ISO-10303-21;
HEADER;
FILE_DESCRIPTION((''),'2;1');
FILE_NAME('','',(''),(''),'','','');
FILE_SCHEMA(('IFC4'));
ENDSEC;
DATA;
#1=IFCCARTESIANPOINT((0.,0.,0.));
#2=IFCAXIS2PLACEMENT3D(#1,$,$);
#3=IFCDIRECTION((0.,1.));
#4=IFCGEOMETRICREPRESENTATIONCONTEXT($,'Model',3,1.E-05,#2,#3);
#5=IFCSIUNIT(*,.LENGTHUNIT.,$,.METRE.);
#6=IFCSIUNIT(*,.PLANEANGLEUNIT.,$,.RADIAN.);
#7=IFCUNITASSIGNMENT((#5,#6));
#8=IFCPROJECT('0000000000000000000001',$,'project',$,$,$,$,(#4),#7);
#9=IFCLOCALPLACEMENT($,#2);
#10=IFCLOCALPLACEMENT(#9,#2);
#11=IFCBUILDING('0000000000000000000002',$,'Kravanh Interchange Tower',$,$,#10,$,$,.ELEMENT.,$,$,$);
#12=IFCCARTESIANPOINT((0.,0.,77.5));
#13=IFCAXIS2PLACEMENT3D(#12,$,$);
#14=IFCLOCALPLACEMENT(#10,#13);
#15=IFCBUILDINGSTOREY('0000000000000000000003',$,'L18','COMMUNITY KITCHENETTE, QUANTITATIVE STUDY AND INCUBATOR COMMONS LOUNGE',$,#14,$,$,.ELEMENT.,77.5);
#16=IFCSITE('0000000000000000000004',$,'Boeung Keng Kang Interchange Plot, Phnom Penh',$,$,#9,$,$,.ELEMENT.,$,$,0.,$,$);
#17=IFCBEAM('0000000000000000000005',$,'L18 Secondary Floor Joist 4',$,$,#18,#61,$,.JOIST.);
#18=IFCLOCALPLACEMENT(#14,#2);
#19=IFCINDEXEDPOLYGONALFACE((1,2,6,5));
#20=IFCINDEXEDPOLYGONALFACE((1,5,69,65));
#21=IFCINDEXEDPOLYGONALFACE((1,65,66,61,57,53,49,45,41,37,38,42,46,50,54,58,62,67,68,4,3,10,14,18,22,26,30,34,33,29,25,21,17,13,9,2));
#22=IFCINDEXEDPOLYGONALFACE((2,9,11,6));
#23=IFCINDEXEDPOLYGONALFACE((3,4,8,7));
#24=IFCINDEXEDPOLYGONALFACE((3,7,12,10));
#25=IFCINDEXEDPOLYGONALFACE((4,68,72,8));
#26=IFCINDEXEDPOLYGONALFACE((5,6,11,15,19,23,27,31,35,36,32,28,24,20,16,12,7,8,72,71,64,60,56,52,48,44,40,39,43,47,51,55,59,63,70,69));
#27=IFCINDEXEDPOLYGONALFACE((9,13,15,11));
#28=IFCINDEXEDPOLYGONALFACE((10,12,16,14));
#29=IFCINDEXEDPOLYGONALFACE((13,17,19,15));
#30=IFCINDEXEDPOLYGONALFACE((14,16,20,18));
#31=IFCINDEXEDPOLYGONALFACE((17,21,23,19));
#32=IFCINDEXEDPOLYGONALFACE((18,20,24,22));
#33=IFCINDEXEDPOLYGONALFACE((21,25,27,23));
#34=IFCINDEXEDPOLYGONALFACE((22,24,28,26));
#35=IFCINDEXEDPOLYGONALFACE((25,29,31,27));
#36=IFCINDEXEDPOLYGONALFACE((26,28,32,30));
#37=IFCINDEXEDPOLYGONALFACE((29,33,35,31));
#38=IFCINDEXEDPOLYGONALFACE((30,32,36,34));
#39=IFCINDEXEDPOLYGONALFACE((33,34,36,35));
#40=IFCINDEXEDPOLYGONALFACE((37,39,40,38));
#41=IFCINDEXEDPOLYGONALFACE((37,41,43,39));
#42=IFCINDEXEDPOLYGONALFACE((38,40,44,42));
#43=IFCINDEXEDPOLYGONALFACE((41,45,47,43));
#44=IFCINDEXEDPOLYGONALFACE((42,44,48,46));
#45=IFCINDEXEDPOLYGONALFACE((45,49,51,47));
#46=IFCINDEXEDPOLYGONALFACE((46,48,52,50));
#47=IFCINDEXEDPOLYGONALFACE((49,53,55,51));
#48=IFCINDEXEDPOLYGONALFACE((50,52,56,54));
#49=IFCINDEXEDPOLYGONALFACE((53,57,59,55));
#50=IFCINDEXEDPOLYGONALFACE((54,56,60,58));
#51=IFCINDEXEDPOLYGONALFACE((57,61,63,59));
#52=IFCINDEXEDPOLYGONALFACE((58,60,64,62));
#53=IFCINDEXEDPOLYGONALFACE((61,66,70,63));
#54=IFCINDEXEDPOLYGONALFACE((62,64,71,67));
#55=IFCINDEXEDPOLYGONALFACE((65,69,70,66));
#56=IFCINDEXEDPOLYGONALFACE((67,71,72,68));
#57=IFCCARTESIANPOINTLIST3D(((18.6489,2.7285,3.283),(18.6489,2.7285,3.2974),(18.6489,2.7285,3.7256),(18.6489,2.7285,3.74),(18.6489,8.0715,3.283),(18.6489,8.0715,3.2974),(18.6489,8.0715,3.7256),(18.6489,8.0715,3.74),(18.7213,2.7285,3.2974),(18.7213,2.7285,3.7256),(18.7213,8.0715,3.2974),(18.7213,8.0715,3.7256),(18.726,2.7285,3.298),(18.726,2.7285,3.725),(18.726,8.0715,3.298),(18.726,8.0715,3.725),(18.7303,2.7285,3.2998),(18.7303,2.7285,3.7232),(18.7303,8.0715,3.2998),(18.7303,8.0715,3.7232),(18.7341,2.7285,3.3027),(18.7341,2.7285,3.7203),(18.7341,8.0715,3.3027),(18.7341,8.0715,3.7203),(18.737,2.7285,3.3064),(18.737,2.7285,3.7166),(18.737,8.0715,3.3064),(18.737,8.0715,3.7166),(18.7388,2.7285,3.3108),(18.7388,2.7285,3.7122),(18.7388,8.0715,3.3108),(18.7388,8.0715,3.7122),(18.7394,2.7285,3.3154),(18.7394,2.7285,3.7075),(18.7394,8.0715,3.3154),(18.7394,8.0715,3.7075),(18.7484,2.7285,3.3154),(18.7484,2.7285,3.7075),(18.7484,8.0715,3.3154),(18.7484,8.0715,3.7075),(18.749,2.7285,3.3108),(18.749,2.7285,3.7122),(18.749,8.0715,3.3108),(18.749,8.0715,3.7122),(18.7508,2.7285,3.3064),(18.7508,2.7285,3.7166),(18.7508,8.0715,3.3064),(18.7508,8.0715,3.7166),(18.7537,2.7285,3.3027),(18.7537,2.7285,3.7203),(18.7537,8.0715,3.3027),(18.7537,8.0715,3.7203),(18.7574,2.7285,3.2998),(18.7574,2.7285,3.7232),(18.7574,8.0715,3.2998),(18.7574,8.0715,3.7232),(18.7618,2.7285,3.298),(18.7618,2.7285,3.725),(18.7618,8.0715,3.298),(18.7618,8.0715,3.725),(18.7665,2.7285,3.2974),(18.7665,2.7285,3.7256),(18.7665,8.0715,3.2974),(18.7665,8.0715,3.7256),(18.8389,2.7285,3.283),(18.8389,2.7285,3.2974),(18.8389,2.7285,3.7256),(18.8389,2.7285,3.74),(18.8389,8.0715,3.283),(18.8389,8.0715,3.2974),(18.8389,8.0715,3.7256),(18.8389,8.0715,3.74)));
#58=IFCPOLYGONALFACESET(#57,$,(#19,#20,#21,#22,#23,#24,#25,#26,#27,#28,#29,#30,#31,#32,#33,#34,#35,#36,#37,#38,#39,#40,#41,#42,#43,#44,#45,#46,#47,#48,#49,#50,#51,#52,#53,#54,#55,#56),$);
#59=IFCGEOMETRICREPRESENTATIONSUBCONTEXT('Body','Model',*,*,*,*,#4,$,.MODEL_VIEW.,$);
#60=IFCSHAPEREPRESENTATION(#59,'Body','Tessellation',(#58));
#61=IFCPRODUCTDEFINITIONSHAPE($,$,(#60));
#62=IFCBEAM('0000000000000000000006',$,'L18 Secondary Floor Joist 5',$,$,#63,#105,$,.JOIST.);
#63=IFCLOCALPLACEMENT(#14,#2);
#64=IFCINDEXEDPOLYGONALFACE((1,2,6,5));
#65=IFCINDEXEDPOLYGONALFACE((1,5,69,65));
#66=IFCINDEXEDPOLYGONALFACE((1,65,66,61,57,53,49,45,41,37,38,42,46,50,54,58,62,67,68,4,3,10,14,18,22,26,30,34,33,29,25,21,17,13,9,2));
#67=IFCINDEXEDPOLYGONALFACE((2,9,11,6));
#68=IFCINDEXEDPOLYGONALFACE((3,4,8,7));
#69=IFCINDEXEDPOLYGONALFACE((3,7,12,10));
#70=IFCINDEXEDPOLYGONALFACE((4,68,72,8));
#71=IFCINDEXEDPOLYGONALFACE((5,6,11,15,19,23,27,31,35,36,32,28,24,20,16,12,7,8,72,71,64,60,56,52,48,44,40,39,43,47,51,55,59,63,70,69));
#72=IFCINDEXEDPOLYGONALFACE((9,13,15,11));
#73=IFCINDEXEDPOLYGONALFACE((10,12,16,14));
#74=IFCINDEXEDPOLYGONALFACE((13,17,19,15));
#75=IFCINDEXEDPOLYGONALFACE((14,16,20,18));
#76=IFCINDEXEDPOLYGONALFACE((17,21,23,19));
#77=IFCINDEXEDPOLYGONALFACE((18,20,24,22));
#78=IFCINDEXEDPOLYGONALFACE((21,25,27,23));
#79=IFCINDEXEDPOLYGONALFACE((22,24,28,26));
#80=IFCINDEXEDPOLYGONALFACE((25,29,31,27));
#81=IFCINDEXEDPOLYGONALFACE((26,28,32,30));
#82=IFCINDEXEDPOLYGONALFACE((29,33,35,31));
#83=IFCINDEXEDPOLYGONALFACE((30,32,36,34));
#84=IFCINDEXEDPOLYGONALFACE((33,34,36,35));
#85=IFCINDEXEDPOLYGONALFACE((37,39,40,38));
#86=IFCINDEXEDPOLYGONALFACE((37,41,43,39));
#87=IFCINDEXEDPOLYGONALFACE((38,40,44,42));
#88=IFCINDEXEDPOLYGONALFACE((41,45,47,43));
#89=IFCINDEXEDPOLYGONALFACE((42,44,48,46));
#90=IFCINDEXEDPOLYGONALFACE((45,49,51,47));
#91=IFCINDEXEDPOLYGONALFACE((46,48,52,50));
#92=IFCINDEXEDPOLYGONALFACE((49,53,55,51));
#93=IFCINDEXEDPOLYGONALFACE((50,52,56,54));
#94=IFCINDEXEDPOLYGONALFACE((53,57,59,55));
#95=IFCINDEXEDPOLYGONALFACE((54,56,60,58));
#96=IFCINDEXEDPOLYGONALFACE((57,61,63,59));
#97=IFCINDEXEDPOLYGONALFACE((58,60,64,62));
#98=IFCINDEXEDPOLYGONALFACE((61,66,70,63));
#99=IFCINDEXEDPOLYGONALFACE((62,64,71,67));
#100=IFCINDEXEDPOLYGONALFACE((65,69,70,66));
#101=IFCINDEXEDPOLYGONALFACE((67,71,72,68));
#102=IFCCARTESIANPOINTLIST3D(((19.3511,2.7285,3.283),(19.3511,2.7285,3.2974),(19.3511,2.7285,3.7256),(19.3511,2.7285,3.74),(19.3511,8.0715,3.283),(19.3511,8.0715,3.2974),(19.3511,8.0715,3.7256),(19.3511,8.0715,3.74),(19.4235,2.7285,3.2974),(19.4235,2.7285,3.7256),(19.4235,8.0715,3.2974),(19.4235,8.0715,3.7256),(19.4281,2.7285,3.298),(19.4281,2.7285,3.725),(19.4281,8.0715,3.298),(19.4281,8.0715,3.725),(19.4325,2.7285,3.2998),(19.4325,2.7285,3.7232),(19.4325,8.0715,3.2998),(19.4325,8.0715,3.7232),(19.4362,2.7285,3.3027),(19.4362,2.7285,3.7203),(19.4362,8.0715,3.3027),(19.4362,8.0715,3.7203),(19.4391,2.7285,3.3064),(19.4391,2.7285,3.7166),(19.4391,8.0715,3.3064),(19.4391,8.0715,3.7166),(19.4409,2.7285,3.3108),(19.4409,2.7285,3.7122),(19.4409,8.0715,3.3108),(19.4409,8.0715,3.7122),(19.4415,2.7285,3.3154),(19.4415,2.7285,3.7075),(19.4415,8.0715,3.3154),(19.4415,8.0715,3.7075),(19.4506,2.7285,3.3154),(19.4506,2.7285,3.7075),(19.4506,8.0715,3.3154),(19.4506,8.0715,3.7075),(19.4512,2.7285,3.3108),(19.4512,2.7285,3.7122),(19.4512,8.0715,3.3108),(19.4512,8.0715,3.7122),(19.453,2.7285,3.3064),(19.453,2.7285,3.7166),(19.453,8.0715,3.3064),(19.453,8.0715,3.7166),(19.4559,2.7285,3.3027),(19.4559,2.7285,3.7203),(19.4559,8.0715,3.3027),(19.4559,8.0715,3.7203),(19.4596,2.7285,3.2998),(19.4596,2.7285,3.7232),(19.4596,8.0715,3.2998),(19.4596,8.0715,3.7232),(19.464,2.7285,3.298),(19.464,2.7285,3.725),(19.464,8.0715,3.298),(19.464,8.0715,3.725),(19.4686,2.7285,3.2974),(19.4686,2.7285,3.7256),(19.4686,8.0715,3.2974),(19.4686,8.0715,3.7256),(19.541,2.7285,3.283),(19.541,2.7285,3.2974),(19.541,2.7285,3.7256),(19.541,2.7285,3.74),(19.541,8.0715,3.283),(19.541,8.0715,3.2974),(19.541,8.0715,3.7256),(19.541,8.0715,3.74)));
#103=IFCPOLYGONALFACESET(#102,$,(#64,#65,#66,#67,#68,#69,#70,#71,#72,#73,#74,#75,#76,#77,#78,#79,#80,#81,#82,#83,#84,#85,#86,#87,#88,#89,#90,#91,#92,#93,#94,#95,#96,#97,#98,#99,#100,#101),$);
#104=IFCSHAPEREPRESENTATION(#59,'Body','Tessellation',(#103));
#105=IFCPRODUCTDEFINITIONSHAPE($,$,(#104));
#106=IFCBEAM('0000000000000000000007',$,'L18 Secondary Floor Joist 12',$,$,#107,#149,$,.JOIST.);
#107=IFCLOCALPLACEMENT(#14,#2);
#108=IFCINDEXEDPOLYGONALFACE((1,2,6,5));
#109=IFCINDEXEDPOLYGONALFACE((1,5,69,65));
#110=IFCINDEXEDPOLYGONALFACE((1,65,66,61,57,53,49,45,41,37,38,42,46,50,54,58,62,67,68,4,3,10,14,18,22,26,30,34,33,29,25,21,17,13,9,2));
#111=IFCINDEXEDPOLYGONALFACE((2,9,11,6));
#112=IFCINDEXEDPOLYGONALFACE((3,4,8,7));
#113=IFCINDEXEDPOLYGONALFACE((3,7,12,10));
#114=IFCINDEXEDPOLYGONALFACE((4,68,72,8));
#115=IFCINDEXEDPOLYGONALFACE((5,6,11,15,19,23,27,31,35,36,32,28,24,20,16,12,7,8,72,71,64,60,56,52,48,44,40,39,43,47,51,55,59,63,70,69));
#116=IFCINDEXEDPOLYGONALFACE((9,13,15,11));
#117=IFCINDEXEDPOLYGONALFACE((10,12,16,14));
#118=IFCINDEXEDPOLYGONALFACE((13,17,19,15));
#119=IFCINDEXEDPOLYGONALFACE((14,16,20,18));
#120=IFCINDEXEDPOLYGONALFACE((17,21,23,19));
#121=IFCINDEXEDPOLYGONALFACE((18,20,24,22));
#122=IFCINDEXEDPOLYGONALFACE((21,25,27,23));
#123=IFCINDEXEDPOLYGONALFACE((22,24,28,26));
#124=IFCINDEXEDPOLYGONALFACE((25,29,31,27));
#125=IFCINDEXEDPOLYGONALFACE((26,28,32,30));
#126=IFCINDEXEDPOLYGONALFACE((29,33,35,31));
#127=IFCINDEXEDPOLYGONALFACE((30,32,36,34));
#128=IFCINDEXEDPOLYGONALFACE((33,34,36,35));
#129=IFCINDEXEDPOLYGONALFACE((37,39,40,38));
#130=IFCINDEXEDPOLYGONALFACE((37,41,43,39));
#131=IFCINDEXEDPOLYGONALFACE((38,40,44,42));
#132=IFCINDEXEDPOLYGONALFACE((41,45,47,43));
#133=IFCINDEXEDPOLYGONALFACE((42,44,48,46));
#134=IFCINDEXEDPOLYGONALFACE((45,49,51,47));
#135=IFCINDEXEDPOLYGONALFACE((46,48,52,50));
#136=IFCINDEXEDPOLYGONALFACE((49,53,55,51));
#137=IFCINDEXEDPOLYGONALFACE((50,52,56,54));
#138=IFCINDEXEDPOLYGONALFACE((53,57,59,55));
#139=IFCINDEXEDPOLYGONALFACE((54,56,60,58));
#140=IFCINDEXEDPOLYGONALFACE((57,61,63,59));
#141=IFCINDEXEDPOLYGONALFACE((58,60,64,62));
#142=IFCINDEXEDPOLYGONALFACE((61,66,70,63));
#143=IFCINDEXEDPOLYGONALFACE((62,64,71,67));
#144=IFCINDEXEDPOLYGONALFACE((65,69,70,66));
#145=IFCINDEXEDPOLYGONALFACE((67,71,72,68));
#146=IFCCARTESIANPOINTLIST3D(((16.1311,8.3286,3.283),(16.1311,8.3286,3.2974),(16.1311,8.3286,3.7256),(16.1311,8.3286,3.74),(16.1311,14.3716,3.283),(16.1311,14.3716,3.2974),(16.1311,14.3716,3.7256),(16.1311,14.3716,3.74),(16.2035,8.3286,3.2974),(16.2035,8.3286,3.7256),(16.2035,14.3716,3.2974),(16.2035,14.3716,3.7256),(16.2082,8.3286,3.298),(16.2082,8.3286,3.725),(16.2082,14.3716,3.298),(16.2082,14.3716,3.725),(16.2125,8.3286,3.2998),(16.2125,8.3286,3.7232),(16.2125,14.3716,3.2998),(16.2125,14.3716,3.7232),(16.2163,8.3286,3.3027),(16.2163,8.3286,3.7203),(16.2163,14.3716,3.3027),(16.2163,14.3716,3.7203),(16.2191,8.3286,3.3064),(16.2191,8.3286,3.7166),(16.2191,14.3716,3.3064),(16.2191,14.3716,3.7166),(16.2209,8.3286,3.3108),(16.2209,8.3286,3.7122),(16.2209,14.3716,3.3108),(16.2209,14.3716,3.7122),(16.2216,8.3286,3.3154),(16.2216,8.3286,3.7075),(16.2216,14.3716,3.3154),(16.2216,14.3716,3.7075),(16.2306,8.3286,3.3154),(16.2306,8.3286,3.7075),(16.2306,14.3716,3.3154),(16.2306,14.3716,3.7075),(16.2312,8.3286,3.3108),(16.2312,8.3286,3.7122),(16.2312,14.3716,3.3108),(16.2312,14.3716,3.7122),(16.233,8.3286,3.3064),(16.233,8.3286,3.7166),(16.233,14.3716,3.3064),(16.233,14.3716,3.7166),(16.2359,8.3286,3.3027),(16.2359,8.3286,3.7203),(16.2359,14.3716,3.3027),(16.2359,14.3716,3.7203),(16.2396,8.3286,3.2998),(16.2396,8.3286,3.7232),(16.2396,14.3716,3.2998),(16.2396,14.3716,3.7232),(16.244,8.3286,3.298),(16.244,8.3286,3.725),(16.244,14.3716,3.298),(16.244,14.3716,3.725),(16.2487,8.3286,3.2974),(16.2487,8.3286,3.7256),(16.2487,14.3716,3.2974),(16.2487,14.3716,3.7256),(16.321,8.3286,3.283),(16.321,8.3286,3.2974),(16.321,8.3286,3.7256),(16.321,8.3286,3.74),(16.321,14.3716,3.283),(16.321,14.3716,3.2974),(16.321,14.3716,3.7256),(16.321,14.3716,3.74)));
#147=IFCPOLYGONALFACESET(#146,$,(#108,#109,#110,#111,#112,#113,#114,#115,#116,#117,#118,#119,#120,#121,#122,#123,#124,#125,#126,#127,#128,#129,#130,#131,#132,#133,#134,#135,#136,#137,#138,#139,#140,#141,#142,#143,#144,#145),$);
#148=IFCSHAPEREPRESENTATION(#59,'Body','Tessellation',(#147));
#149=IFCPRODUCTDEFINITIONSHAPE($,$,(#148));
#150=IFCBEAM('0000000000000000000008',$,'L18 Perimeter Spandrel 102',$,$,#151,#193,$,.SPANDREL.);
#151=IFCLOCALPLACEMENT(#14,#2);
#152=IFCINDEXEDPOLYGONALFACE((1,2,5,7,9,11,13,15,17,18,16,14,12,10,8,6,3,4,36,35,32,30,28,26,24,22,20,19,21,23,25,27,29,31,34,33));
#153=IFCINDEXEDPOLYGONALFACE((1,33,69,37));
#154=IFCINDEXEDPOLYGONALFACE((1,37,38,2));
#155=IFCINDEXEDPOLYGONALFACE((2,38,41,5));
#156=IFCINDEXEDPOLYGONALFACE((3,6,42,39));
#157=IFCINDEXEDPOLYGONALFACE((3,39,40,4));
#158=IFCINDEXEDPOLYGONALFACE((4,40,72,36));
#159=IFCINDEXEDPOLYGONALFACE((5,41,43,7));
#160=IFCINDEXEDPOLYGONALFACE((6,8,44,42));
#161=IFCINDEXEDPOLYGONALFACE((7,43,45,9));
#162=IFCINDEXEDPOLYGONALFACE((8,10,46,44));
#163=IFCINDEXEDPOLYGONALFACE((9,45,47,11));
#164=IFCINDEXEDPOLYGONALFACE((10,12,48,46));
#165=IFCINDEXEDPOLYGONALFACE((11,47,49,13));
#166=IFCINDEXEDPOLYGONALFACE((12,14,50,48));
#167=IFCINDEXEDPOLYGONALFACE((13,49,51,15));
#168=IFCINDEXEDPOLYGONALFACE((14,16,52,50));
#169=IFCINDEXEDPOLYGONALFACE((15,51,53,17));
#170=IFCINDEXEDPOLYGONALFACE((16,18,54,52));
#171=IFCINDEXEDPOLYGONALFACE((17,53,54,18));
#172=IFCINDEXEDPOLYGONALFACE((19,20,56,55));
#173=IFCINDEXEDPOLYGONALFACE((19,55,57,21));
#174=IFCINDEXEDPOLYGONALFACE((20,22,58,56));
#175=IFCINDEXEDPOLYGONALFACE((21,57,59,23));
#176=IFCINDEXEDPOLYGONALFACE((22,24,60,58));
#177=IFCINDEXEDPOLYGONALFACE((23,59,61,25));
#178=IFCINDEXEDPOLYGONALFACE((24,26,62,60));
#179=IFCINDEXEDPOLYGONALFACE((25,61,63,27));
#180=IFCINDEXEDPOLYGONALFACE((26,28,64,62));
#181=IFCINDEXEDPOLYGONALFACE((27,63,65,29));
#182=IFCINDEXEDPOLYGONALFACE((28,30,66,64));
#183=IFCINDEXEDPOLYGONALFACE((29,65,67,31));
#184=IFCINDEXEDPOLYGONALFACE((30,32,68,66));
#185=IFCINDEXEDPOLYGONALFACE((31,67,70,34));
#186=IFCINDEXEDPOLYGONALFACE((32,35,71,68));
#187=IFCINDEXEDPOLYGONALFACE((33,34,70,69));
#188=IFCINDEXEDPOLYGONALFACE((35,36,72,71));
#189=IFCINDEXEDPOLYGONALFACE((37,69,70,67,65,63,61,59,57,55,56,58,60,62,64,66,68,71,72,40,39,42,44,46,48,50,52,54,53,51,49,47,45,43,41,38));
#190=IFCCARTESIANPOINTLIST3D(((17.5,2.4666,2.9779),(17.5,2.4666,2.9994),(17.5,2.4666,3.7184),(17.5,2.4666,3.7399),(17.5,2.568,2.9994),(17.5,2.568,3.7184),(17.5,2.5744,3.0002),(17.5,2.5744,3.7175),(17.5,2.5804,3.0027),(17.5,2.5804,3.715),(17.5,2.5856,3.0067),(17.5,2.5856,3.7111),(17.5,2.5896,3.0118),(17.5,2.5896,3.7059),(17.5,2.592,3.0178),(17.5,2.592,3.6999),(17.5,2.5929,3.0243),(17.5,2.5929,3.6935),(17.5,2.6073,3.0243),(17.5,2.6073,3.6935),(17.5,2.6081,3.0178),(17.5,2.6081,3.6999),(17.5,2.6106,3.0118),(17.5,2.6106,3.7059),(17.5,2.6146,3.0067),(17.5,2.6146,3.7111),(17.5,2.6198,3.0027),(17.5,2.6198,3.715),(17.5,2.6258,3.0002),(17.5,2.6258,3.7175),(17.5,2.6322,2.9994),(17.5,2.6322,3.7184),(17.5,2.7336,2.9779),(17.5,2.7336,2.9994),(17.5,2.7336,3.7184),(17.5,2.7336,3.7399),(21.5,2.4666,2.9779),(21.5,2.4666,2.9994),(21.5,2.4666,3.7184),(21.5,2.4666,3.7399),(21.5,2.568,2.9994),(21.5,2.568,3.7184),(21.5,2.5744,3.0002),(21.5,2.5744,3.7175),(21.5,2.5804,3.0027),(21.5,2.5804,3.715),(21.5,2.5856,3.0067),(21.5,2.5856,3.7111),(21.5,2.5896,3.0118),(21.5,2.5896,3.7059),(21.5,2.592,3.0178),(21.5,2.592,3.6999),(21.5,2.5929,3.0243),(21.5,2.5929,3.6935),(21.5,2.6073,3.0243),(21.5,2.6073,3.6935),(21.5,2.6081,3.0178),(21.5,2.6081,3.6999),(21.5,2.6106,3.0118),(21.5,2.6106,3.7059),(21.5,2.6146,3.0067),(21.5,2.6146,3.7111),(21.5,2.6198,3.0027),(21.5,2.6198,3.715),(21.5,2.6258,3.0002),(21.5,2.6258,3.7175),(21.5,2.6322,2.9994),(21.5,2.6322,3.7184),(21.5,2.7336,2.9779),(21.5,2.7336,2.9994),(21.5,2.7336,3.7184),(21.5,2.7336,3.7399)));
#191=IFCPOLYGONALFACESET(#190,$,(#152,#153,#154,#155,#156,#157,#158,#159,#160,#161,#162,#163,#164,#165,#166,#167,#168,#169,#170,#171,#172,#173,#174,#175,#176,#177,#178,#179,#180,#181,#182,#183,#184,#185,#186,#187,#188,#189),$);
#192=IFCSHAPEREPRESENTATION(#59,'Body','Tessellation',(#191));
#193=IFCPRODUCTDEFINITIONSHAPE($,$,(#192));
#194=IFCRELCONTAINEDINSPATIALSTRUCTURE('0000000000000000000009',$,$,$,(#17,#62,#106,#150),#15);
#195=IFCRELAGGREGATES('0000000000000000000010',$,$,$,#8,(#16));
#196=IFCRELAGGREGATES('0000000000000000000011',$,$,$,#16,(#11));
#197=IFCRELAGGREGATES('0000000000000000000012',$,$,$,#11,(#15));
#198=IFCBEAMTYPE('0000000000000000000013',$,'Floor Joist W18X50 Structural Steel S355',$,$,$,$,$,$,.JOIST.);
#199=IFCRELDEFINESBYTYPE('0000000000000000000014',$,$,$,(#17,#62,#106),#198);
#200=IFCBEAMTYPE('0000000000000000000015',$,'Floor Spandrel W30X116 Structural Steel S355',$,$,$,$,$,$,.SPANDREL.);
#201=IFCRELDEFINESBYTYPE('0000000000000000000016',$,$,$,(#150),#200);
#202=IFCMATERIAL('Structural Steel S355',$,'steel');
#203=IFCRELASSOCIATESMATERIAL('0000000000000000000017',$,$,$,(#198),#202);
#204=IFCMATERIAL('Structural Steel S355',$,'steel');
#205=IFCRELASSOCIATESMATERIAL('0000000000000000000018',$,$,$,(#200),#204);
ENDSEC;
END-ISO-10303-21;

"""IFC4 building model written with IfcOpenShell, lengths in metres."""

from ifc_helpers import new_model, si_unit, direction, frame, origin, origin_2d, place, context, subcontext, project, spatial, i_section, extrude, material, material_profile, profile_set, type_object, element, save


model = new_model("IFC4")

# Units and contexts
model_context = context("Model", 3, precision=1e-05, world=origin(), true_north=direction((0.0, 1.0)))
body_context = subcontext(model_context, "Body", "Model", "MODEL_VIEW")
ifc_project = project(units=[si_unit("LENGTHUNIT", "METRE"), si_unit("PLANEANGLEUNIT", "RADIAN")], contexts=[model_context])

# Site, building, storey
site_placement = place(None, origin())
site = spatial("IfcSite", under=ifc_project, at=site_placement, Name="Boeung Keng Kang Interchange Plot, Phnom Penh", CompositionType="ELEMENT", RefElevation=0.0)
building_placement = place(site_placement, origin())
building = spatial("IfcBuilding", under=site, at=building_placement, Name="Kravanh Interchange Tower", CompositionType="ELEMENT")
storey_placement = place(building_placement, frame((0.0, 0.0, 77.5)))
storey = spatial("IfcBuildingStorey", under=building, at=storey_placement, Name="L18", Description="COMMUNITY KITCHENETTE, QUANTITATIVE STUDY AND INCUBATOR COMMONS LOUNGE", CompositionType="ELEMENT", Elevation=77.5)

# Beams
ifc_material_1 = material(Name="Structural Steel S355", Category="steel")
ifc_material_profile_1 = material_profile(ifc_material_1, i_section(OverallWidth=0.1899, OverallDepth=0.457, WebThickness=0.009, FlangeThickness=0.0144, FilletRadius=0.0181, at=origin_2d()), Name="W18X50")
ifc_profile_set_1 = profile_set([ifc_material_profile_1], Name="Structural Steel S355")
beam_type_1 = type_object("IfcBeamType", Name="Floor Joist W18X50 Structural Steel S355", PredefinedType="JOIST", material=ifc_profile_set_1)
for number, where, z_axis, x_axis, name in (
    (1, (18.7439, 2.7285, 3.5115), (0.0, 1.0, 0.0), (-1.0, 0.0, 0.0), "L18 Secondary Floor Joist 4"),
    (2, (19.446, 2.7285, 3.5115), (0.0, 1.0, 0.0), (-1.0, 0.0, 0.0), "L18 Secondary Floor Joist 5"),
):
    element("IfcBeam", number, at=place(storey_placement, frame(where, z_axis=z_axis, x_axis=x_axis)), inside=storey, type_object=beam_type_1, Name=name, PredefinedType="JOIST", context=body_context, shape_type="SweptSolid", body=[
        extrude(i_section(OverallWidth=0.1899, OverallDepth=0.457, WebThickness=0.009, FlangeThickness=0.0144, FilletRadius=0.0181, at=origin_2d()), origin(), (0.0, 0.0, 1.0), 5.343),
    ])
beam_1_placement = place(storey_placement, frame((16.2261, 8.3286, 3.5115), z_axis=(0.0, 1.0, 0.0), x_axis=(-1.0, 0.0, 0.0)))
element("IfcBeam", 3, at=beam_1_placement, inside=storey, type_object=beam_type_1, Name="L18 Secondary Floor Joist 12", PredefinedType="JOIST", context=body_context, shape_type="SweptSolid", body=[
    extrude(i_section(OverallWidth=0.1899, OverallDepth=0.457, WebThickness=0.009, FlangeThickness=0.0144, FilletRadius=0.0181, at=origin_2d()), origin(), (0.0, 0.0, 1.0), 6.043),
])
ifc_material_2 = material(Name="Structural Steel S355", Category="steel")
ifc_material_profile_2 = material_profile(ifc_material_2, i_section(OverallWidth=0.2671, OverallDepth=0.762, WebThickness=0.0144, FlangeThickness=0.0215, FilletRadius=0.0249, at=origin_2d()), Name="W30X116")
ifc_profile_set_2 = profile_set([ifc_material_profile_2], Name="Structural Steel S355")
beam_type_2 = type_object("IfcBeamType", Name="Floor Spandrel W30X116 Structural Steel S355", PredefinedType="SPANDREL", material=ifc_profile_set_2)
beam_2_placement = place(storey_placement, frame((17.5, 2.6001, 3.3589), z_axis=(1.0, 0.0, 0.0), x_axis=(0.0, 1.0, 0.0)))
element("IfcBeam", 4, at=beam_2_placement, inside=storey, type_object=beam_type_2, Name="L18 Perimeter Spandrel 102", PredefinedType="SPANDREL", context=body_context, shape_type="SweptSolid", body=[
    extrude(i_section(OverallWidth=0.2671, OverallDepth=0.762, WebThickness=0.0144, FlangeThickness=0.0215, FilletRadius=0.0249, at=origin_2d()), origin(), (0.0, 0.0, 1.0), 4.0),
])

save(model, "model.ifc")
